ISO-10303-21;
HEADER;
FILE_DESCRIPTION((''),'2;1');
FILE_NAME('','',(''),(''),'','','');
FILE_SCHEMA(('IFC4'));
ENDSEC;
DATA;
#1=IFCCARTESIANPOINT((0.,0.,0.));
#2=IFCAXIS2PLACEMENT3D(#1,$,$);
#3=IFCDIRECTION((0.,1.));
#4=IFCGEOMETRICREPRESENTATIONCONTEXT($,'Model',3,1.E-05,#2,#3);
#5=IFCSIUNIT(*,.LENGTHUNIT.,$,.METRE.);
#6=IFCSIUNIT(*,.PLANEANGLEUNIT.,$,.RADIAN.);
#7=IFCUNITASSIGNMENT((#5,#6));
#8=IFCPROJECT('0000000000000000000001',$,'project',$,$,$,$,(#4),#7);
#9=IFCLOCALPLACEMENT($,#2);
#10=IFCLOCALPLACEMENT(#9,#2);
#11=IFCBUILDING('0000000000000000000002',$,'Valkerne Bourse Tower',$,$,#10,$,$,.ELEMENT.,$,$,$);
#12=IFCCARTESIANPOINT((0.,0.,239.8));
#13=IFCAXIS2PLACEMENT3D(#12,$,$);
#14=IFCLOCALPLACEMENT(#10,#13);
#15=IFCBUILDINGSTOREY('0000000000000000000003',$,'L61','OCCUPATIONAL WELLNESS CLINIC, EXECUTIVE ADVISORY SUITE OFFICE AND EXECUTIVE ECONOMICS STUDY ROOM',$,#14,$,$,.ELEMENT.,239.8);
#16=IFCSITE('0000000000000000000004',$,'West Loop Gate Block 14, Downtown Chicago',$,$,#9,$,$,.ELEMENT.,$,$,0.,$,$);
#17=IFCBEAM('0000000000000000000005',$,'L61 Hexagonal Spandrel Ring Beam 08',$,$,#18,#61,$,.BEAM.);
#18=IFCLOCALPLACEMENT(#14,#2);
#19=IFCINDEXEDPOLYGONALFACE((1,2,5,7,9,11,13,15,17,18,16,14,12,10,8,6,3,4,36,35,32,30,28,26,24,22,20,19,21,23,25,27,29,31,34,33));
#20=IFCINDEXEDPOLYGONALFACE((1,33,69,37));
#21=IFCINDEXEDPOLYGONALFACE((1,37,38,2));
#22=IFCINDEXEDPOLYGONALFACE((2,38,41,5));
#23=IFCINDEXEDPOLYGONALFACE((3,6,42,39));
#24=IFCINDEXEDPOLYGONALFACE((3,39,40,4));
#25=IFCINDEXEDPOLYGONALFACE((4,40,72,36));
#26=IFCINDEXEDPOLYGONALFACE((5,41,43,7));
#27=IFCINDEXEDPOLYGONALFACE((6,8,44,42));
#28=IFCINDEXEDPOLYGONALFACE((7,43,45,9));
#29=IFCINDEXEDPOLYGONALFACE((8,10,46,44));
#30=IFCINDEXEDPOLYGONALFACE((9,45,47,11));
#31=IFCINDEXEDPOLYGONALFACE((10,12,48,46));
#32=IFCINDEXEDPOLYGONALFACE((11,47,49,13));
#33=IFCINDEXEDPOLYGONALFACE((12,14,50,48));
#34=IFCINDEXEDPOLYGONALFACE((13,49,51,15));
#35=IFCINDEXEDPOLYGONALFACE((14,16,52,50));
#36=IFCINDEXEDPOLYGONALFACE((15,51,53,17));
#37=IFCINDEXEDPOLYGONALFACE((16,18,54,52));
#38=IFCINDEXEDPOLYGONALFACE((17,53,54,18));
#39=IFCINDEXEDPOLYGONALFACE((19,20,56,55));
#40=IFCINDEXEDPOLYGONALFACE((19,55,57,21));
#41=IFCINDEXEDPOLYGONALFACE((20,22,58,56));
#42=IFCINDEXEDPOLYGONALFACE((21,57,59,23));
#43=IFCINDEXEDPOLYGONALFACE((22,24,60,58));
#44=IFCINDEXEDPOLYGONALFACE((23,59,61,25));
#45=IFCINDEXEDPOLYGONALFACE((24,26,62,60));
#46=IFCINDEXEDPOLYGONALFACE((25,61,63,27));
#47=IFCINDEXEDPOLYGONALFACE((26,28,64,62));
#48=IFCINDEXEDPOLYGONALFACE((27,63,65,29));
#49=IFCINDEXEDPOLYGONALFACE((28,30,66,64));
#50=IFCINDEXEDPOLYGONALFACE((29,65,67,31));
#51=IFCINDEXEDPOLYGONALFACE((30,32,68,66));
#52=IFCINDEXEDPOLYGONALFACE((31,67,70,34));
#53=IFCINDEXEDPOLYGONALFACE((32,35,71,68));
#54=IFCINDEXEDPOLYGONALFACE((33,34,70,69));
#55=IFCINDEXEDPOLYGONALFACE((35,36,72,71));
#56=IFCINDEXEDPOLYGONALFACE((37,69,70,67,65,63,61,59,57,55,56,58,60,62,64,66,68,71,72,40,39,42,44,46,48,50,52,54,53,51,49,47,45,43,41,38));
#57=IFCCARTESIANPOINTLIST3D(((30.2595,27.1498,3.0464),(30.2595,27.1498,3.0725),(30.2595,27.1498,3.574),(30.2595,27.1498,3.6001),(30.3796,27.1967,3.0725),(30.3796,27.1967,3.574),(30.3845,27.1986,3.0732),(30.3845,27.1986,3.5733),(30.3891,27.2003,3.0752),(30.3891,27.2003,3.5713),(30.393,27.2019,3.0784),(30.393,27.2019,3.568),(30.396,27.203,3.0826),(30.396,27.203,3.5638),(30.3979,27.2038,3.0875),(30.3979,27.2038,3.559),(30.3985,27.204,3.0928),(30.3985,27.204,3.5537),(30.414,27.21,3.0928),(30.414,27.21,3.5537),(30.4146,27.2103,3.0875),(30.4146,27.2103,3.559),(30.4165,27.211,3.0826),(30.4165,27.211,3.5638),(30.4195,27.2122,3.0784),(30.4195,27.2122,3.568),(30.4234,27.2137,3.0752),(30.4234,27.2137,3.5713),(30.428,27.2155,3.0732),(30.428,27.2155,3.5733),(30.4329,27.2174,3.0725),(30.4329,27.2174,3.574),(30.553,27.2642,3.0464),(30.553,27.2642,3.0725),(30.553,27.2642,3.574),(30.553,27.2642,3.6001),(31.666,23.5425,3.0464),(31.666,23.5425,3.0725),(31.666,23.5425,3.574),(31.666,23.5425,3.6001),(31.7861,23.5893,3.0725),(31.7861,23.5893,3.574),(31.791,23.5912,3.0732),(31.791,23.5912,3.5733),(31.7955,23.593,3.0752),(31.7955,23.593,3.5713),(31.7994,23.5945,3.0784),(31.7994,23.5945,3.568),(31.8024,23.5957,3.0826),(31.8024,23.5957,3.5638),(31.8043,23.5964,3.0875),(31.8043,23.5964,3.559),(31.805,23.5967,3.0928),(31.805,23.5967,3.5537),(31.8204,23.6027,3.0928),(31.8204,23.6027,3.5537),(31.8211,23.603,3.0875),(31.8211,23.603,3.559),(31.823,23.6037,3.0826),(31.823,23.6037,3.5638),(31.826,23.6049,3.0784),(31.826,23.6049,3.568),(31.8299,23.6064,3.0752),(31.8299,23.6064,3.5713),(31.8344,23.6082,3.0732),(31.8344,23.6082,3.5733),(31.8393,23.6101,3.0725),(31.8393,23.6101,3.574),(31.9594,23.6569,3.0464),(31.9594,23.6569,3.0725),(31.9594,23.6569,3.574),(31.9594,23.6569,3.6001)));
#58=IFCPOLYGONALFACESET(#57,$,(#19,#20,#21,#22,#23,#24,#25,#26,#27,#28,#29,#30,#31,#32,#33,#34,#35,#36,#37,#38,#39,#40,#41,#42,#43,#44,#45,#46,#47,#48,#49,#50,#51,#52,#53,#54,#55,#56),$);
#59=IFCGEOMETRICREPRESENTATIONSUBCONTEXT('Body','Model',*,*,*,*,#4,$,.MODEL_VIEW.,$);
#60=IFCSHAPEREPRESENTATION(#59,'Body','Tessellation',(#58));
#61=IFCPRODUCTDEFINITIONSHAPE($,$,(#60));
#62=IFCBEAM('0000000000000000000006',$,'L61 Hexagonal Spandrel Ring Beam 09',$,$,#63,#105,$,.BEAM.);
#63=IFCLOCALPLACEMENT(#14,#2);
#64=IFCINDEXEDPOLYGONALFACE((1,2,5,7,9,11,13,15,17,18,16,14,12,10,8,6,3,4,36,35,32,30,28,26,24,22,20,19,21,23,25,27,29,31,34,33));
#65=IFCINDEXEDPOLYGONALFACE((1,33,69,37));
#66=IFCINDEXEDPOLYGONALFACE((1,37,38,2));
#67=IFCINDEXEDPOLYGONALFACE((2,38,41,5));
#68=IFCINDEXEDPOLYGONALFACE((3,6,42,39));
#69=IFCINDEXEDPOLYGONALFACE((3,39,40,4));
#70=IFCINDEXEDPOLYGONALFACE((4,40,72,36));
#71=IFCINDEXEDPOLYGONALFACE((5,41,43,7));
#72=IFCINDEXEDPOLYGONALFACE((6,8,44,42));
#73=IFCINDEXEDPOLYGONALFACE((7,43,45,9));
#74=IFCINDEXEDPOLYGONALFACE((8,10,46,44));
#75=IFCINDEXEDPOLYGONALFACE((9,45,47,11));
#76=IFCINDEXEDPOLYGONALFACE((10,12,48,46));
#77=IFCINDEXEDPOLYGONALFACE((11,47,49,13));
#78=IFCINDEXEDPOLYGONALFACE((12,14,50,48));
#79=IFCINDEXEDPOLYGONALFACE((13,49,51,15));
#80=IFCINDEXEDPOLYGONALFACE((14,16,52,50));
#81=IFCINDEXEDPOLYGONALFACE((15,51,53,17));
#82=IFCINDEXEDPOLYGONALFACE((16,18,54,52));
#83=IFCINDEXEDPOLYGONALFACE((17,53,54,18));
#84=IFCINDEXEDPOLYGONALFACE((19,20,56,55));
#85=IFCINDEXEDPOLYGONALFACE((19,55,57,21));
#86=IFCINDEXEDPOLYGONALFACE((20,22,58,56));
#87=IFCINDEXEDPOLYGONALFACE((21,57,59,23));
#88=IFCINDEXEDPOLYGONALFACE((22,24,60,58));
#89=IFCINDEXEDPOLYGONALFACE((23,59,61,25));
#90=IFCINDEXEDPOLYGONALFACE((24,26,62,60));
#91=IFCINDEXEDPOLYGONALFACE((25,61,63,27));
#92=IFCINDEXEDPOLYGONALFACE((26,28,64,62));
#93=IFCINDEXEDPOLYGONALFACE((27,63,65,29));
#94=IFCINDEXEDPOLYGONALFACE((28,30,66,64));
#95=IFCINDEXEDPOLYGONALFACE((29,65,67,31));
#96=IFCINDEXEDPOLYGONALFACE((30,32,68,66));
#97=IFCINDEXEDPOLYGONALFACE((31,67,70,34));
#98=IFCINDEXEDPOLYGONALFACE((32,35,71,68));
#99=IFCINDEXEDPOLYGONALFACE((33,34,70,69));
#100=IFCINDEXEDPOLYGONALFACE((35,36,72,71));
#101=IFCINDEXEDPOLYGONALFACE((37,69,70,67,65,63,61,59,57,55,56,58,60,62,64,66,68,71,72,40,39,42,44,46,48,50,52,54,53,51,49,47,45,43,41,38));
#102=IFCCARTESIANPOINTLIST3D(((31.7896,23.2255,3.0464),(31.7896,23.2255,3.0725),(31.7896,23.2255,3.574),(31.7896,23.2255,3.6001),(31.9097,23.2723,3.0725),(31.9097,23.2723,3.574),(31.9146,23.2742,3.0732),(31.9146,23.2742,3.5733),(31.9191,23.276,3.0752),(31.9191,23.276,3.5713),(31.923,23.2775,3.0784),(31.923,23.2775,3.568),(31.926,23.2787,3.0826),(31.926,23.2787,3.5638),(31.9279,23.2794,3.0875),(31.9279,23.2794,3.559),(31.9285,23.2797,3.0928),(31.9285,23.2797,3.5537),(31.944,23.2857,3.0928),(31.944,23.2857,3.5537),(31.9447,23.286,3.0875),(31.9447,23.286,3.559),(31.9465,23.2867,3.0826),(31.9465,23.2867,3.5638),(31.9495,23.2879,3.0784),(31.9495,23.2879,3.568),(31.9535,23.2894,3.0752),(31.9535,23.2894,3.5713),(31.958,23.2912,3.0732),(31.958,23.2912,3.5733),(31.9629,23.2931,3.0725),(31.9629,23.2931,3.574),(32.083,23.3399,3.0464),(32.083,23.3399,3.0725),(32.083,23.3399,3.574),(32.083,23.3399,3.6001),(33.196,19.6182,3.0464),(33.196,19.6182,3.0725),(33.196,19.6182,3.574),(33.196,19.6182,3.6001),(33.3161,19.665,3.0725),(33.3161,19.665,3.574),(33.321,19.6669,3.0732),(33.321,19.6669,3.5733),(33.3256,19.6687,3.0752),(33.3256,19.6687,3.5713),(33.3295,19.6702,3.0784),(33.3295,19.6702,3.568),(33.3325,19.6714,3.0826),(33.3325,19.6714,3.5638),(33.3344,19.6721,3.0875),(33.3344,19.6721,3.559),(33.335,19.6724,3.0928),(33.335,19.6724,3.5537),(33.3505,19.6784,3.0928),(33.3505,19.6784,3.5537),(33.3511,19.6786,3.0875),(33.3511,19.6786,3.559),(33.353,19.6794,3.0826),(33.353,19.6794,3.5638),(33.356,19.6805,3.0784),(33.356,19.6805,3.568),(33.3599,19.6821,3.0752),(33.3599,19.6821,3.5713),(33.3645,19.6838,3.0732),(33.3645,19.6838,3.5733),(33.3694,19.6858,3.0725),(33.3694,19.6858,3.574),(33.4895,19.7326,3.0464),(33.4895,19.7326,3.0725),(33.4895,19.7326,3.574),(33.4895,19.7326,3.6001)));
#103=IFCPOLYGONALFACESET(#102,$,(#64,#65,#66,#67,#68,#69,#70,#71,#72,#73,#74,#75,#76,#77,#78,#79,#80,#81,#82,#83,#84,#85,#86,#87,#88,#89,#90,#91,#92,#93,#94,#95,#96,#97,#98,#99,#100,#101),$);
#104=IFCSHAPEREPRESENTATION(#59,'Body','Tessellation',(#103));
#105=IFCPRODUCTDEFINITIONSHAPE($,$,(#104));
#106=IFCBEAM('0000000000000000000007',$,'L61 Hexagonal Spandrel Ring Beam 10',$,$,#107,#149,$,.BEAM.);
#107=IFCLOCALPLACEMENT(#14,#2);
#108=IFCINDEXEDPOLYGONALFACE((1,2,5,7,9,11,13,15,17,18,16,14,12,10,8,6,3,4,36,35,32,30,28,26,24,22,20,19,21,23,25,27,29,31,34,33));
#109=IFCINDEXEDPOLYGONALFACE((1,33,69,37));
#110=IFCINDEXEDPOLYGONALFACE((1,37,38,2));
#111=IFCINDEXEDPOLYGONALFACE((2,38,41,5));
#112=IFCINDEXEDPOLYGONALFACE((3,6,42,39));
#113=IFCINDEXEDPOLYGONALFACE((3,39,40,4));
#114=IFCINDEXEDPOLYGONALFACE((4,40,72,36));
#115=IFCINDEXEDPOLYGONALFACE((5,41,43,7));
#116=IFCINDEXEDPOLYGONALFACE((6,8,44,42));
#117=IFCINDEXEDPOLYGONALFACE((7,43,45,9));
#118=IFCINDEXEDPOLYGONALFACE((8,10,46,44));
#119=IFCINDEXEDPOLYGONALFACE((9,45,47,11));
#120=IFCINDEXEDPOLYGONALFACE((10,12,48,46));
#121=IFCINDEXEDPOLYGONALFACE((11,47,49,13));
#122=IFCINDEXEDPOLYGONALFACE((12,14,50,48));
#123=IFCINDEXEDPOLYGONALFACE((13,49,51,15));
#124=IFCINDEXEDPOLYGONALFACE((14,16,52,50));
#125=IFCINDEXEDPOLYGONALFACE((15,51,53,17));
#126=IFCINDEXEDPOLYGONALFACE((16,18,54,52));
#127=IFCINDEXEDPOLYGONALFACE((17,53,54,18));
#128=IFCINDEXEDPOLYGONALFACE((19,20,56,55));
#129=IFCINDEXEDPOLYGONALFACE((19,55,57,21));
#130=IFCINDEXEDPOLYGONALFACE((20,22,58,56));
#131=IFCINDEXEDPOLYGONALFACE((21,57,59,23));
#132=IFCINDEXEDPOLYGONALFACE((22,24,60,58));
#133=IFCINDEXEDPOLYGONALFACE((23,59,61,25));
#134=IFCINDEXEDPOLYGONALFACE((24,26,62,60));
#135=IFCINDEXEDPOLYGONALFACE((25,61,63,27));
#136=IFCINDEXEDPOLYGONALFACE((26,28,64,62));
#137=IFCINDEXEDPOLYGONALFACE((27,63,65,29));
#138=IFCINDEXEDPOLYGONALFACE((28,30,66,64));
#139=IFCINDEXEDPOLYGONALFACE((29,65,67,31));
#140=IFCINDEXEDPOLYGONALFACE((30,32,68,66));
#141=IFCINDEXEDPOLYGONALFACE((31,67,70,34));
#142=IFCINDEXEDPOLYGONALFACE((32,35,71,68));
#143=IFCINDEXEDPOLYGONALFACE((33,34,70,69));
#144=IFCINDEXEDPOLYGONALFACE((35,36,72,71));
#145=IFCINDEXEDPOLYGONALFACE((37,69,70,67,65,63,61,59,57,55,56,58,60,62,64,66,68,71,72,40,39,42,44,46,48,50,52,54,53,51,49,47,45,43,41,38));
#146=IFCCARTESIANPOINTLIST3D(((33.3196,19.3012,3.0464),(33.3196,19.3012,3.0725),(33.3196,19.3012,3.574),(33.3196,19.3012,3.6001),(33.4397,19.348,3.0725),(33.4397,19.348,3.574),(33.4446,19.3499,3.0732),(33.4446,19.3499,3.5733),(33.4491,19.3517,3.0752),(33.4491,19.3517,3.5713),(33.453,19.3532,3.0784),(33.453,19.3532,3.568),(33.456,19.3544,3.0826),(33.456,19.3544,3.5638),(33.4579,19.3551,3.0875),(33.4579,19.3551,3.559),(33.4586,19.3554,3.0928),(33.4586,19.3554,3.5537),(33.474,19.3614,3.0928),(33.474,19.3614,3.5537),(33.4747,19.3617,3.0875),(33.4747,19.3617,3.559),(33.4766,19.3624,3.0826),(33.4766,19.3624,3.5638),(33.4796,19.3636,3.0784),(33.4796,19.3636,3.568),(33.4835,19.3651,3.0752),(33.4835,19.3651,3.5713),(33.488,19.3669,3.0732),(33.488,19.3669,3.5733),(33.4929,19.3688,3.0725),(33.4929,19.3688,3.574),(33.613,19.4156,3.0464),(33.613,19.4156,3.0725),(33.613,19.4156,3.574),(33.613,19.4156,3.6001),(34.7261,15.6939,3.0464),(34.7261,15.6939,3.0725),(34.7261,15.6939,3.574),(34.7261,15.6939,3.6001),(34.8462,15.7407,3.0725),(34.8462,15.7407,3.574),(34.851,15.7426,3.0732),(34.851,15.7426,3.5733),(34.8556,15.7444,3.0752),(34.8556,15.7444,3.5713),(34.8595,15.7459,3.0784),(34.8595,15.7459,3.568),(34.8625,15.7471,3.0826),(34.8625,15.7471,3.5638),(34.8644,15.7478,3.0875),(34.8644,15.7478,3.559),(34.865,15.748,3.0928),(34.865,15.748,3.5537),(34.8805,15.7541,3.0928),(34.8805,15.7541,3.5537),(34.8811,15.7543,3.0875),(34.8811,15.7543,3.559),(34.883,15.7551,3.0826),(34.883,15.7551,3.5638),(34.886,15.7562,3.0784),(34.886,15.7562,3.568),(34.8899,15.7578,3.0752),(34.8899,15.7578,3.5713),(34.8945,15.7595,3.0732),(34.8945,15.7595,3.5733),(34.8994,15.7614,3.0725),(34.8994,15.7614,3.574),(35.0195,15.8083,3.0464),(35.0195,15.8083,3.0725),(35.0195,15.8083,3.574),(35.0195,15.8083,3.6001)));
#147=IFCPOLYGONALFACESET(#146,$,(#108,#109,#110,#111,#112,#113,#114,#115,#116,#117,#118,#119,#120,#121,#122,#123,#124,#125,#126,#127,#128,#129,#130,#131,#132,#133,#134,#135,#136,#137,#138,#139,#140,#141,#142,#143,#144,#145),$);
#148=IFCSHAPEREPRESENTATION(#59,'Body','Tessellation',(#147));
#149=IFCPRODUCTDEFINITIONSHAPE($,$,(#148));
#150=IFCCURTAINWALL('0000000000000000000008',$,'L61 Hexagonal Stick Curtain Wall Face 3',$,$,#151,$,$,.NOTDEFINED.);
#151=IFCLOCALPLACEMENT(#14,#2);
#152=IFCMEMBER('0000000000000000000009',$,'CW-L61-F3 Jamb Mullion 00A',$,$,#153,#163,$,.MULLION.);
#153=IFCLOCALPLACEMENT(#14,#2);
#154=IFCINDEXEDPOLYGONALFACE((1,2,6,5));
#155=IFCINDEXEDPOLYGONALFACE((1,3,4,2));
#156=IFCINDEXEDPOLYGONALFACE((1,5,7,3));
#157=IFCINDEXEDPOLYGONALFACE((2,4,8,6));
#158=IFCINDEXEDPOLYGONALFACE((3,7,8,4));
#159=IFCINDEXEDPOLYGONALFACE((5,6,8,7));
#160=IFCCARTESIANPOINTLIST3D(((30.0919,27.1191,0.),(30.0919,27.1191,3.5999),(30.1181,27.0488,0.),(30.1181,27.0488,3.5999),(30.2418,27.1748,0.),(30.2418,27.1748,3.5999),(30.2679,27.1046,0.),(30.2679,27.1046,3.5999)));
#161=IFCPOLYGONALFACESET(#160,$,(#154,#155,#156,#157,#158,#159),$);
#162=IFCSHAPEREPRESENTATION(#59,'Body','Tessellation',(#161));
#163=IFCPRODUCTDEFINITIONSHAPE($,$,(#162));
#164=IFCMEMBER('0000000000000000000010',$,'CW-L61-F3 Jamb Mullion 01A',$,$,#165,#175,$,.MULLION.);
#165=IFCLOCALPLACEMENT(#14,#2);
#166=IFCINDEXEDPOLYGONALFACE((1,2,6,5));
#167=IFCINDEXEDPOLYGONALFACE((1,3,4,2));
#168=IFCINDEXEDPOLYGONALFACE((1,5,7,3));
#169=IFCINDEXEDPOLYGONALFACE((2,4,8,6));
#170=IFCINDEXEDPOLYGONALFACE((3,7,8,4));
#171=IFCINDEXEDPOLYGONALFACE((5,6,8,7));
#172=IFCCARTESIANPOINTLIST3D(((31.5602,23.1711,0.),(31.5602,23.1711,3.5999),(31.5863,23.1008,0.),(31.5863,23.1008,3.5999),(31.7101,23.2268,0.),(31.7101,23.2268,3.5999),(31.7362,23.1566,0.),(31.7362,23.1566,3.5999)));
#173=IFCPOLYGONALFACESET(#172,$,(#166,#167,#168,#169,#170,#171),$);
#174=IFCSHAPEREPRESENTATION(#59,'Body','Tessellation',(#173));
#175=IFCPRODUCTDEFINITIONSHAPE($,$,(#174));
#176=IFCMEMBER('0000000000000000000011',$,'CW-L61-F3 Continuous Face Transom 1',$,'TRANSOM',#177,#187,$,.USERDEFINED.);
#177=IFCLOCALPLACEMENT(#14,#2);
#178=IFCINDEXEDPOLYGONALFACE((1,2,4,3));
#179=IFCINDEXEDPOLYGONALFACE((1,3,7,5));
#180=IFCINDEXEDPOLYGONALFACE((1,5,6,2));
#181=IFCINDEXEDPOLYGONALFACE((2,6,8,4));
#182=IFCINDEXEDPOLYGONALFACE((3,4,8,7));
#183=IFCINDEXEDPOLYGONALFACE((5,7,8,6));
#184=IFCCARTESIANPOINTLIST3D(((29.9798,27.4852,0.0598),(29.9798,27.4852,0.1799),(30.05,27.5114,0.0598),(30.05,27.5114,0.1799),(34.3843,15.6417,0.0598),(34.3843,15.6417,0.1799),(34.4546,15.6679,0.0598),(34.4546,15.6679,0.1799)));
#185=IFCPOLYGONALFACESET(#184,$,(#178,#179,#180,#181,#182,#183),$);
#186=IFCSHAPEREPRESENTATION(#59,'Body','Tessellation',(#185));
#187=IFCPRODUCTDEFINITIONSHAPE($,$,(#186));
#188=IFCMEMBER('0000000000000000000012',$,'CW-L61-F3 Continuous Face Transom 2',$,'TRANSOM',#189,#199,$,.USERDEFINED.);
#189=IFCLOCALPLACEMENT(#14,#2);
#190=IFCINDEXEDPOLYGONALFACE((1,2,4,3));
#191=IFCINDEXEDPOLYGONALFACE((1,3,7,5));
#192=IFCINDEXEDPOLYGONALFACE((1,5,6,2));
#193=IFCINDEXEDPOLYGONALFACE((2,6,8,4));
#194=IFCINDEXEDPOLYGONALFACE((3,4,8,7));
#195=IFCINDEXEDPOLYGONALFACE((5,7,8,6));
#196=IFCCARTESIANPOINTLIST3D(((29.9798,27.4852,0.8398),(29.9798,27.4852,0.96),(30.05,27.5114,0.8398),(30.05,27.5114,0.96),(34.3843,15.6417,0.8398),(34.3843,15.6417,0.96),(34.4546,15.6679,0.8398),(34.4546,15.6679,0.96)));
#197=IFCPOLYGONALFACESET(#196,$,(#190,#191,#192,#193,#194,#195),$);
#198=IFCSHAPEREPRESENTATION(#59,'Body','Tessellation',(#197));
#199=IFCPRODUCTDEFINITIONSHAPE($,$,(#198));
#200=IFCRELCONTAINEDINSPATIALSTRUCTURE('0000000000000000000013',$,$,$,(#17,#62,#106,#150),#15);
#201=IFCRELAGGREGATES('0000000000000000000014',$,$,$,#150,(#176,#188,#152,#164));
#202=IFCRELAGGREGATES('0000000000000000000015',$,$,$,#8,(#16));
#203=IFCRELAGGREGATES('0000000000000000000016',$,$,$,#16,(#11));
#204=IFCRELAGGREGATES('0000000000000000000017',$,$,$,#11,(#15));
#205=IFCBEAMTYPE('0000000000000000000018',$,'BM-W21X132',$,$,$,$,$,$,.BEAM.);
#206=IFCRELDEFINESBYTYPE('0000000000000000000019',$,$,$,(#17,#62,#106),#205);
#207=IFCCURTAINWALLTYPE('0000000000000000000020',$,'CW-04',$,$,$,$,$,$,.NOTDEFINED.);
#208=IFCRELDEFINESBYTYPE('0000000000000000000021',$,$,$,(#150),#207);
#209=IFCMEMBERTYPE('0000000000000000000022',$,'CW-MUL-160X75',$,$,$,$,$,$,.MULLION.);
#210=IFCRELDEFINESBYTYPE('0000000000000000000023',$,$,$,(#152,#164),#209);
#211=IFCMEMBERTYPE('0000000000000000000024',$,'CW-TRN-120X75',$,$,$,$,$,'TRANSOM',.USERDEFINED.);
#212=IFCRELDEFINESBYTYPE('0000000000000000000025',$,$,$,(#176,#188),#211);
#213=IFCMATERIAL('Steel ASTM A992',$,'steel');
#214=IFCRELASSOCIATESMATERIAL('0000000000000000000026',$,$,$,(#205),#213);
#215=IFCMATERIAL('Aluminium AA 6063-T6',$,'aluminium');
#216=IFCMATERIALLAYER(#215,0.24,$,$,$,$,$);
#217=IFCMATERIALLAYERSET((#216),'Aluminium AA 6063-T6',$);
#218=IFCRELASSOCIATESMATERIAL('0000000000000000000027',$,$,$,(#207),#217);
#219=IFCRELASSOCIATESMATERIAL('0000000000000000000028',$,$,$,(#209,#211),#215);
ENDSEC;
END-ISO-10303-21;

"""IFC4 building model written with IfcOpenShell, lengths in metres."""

from ifc_helpers import new_model, si_unit, direction, frame, origin, origin_2d, place, context, subcontext, project, spatial, rectangle, i_section, extrude, material, layer, layer_set, material_profile, profile_set, type_object, element, aggregate, save


model = new_model("IFC4")

# Units and contexts
model_context = context("Model", 3, precision=1e-05, world=origin(), true_north=direction((0.0, 1.0)))
body_context = subcontext(model_context, "Body", "Model", "MODEL_VIEW")
ifc_project = project(units=[si_unit("LENGTHUNIT", "METRE"), si_unit("PLANEANGLEUNIT", "RADIAN")], contexts=[model_context])

# Site, building, storey
site_placement = place(None, origin())
site = spatial("IfcSite", under=ifc_project, at=site_placement, Name="West Loop Gate Block 14, Downtown Chicago", CompositionType="ELEMENT", RefElevation=0.0)
building_placement = place(site_placement, origin())
building = spatial("IfcBuilding", under=site, at=building_placement, Name="Valkerne Bourse Tower", CompositionType="ELEMENT")
storey_placement = place(building_placement, frame((0.0, 0.0, 239.8)))
storey = spatial("IfcBuildingStorey", under=building, at=storey_placement, Name="L61", Description="OCCUPATIONAL WELLNESS CLINIC, EXECUTIVE ADVISORY SUITE OFFICE AND EXECUTIVE ECONOMICS STUDY ROOM", CompositionType="ELEMENT", Elevation=239.8)

# Beams
ifc_material_1 = material(Name="Steel ASTM A992", Category="steel")
ifc_material_profile_1 = material_profile(ifc_material_1, i_section(OverallWidth=0.3149, OverallDepth=0.5537, WebThickness=0.0166, FlangeThickness=0.0261, FilletRadius=0.0203, at=origin_2d()), Name="W21X132")
ifc_profile_set_1 = profile_set([ifc_material_profile_1], Name="Steel ASTM A992")
beam_type_1 = type_object("IfcBeamType", Name="BM-W21X132", PredefinedType="BEAM", material=ifc_profile_set_1)
for number, where, z_axis, x_axis, name in (
    (1, (30.4062, 27.207, 3.3232), (0.363256, -0.93169, 0.0), (0.93169, 0.363256, 0.0), "L61 Hexagonal Spandrel Ring Beam 08"),
    (2, (31.9363, 23.2827, 3.3232), (0.363256, -0.93169, 0.0), (0.93169, 0.363256, 0.0), "L61 Hexagonal Spandrel Ring Beam 09"),
    (3, (33.4663, 19.3584, 3.3232), (0.363256, -0.93169, 0.0), (0.93169, 0.363256, 0.0), "L61 Hexagonal Spandrel Ring Beam 10"),
):
    element("IfcBeam", number, at=place(storey_placement, frame(where, z_axis=z_axis, x_axis=x_axis)), inside=storey, type_object=beam_type_1, Name=name, PredefinedType="BEAM", context=body_context, shape_type="SweptSolid", body=[
        extrude(i_section(OverallWidth=0.3149, OverallDepth=0.5537, WebThickness=0.0166, FlangeThickness=0.0261, FilletRadius=0.0203, at=origin_2d()), origin(), (0.0, 0.0, 1.0), 3.8718),
    ])

# Curtain wall, members
ifc_material_2 = material(Name="Aluminium AA 6063-T6", Category="aluminium")
ifc_layer_1 = layer(ifc_material_2, 0.24)
ifc_layer_set_1 = layer_set([ifc_layer_1], Name="Aluminium AA 6063-T6")
curtain_wall_type = type_object("IfcCurtainWallType", Name="CW-04", PredefinedType="NOTDEFINED", material=ifc_layer_set_1)
curtain_wall_placement = place(storey_placement, origin())
curtain_wall = element("IfcCurtainWall", 4, at=curtain_wall_placement, inside=storey, type_object=curtain_wall_type, Name="L61 Hexagonal Stick Curtain Wall Face 3", PredefinedType="NOTDEFINED")
ifc_material_profile_2 = material_profile(ifc_material_2, rectangle(XDim=0.075, YDim=0.1599, at=origin_2d()), Name="CWM-75X160")
ifc_profile_set_2 = profile_set([ifc_material_profile_2], Name="Aluminium AA 6063-T6")
member_type_1 = type_object("IfcMemberType", Name="CW-MUL-160X75", PredefinedType="MULLION", material=ifc_profile_set_2)
member_1_placement = place(storey_placement, frame((30.1799, 27.1118, 0.0), z_axis=(0.0, 0.0, 1.0), x_axis=(0.348578, -0.93728, 0.0)))
member_1 = element("IfcMember", 5, at=member_1_placement, type_object=member_type_1, Name="CW-L61-F3 Jamb Mullion 00A", PredefinedType="MULLION", context=body_context, shape_type="SweptSolid", body=[
    extrude(rectangle(XDim=0.075, YDim=0.1599, at=origin_2d()), origin(), (0.0, 0.0, 1.0), 3.5999),
])
member_2_placement = place(storey_placement, frame((31.6482, 23.1638, 0.0), z_axis=(0.0, 0.0, 1.0), x_axis=(0.34857, -0.937283, 0.0)))
member_2 = element("IfcMember", 6, at=member_2_placement, type_object=member_type_1, Name="CW-L61-F3 Jamb Mullion 01A", PredefinedType="MULLION", context=body_context, shape_type="SweptSolid", body=[
    extrude(rectangle(XDim=0.075, YDim=0.1599, at=origin_2d()), origin(), (0.0, 0.0, 1.0), 3.5999),
])
ifc_material_profile_3 = material_profile(ifc_material_2, rectangle(XDim=0.075, YDim=0.1201, at=origin_2d()), Name="CWT-75X120")
ifc_profile_set_3 = profile_set([ifc_material_profile_3], Name="Aluminium AA 6063-T6")
member_type_2 = type_object("IfcMemberType", Name="CW-TRN-120X75", ElementType="TRANSOM", PredefinedType="USERDEFINED", material=ifc_profile_set_3)
member_3_placement = place(storey_placement, frame((30.0149, 27.4983, 0.1199), z_axis=(0.348571, -0.937282, 0.0), x_axis=(0.937282, 0.348571, 0.0)))
member_3 = element("IfcMember", 7, at=member_3_placement, type_object=member_type_2, Name="CW-L61-F3 Continuous Face Transom 1", ObjectType="TRANSOM", PredefinedType="USERDEFINED", context=body_context, shape_type="SweptSolid", body=[
    extrude(rectangle(XDim=0.075, YDim=0.1201, at=origin_2d()), origin(), (0.0, 0.0, 1.0), 12.636),
])
member_4_placement = place(storey_placement, frame((30.0149, 27.4983, 0.8999), z_axis=(0.348571, -0.937282, 0.0), x_axis=(0.937282, 0.348571, 0.0)))
member_4 = element("IfcMember", 8, at=member_4_placement, type_object=member_type_2, Name="CW-L61-F3 Continuous Face Transom 2", ObjectType="TRANSOM", PredefinedType="USERDEFINED", context=body_context, shape_type="SweptSolid", body=[
    extrude(rectangle(XDim=0.075, YDim=0.1201, at=origin_2d()), origin(), (0.0, 0.0, 1.0), 12.636),
])

aggregate(curtain_wall, [member_3, member_4, member_1, member_2])

save(model, "model.ifc")
